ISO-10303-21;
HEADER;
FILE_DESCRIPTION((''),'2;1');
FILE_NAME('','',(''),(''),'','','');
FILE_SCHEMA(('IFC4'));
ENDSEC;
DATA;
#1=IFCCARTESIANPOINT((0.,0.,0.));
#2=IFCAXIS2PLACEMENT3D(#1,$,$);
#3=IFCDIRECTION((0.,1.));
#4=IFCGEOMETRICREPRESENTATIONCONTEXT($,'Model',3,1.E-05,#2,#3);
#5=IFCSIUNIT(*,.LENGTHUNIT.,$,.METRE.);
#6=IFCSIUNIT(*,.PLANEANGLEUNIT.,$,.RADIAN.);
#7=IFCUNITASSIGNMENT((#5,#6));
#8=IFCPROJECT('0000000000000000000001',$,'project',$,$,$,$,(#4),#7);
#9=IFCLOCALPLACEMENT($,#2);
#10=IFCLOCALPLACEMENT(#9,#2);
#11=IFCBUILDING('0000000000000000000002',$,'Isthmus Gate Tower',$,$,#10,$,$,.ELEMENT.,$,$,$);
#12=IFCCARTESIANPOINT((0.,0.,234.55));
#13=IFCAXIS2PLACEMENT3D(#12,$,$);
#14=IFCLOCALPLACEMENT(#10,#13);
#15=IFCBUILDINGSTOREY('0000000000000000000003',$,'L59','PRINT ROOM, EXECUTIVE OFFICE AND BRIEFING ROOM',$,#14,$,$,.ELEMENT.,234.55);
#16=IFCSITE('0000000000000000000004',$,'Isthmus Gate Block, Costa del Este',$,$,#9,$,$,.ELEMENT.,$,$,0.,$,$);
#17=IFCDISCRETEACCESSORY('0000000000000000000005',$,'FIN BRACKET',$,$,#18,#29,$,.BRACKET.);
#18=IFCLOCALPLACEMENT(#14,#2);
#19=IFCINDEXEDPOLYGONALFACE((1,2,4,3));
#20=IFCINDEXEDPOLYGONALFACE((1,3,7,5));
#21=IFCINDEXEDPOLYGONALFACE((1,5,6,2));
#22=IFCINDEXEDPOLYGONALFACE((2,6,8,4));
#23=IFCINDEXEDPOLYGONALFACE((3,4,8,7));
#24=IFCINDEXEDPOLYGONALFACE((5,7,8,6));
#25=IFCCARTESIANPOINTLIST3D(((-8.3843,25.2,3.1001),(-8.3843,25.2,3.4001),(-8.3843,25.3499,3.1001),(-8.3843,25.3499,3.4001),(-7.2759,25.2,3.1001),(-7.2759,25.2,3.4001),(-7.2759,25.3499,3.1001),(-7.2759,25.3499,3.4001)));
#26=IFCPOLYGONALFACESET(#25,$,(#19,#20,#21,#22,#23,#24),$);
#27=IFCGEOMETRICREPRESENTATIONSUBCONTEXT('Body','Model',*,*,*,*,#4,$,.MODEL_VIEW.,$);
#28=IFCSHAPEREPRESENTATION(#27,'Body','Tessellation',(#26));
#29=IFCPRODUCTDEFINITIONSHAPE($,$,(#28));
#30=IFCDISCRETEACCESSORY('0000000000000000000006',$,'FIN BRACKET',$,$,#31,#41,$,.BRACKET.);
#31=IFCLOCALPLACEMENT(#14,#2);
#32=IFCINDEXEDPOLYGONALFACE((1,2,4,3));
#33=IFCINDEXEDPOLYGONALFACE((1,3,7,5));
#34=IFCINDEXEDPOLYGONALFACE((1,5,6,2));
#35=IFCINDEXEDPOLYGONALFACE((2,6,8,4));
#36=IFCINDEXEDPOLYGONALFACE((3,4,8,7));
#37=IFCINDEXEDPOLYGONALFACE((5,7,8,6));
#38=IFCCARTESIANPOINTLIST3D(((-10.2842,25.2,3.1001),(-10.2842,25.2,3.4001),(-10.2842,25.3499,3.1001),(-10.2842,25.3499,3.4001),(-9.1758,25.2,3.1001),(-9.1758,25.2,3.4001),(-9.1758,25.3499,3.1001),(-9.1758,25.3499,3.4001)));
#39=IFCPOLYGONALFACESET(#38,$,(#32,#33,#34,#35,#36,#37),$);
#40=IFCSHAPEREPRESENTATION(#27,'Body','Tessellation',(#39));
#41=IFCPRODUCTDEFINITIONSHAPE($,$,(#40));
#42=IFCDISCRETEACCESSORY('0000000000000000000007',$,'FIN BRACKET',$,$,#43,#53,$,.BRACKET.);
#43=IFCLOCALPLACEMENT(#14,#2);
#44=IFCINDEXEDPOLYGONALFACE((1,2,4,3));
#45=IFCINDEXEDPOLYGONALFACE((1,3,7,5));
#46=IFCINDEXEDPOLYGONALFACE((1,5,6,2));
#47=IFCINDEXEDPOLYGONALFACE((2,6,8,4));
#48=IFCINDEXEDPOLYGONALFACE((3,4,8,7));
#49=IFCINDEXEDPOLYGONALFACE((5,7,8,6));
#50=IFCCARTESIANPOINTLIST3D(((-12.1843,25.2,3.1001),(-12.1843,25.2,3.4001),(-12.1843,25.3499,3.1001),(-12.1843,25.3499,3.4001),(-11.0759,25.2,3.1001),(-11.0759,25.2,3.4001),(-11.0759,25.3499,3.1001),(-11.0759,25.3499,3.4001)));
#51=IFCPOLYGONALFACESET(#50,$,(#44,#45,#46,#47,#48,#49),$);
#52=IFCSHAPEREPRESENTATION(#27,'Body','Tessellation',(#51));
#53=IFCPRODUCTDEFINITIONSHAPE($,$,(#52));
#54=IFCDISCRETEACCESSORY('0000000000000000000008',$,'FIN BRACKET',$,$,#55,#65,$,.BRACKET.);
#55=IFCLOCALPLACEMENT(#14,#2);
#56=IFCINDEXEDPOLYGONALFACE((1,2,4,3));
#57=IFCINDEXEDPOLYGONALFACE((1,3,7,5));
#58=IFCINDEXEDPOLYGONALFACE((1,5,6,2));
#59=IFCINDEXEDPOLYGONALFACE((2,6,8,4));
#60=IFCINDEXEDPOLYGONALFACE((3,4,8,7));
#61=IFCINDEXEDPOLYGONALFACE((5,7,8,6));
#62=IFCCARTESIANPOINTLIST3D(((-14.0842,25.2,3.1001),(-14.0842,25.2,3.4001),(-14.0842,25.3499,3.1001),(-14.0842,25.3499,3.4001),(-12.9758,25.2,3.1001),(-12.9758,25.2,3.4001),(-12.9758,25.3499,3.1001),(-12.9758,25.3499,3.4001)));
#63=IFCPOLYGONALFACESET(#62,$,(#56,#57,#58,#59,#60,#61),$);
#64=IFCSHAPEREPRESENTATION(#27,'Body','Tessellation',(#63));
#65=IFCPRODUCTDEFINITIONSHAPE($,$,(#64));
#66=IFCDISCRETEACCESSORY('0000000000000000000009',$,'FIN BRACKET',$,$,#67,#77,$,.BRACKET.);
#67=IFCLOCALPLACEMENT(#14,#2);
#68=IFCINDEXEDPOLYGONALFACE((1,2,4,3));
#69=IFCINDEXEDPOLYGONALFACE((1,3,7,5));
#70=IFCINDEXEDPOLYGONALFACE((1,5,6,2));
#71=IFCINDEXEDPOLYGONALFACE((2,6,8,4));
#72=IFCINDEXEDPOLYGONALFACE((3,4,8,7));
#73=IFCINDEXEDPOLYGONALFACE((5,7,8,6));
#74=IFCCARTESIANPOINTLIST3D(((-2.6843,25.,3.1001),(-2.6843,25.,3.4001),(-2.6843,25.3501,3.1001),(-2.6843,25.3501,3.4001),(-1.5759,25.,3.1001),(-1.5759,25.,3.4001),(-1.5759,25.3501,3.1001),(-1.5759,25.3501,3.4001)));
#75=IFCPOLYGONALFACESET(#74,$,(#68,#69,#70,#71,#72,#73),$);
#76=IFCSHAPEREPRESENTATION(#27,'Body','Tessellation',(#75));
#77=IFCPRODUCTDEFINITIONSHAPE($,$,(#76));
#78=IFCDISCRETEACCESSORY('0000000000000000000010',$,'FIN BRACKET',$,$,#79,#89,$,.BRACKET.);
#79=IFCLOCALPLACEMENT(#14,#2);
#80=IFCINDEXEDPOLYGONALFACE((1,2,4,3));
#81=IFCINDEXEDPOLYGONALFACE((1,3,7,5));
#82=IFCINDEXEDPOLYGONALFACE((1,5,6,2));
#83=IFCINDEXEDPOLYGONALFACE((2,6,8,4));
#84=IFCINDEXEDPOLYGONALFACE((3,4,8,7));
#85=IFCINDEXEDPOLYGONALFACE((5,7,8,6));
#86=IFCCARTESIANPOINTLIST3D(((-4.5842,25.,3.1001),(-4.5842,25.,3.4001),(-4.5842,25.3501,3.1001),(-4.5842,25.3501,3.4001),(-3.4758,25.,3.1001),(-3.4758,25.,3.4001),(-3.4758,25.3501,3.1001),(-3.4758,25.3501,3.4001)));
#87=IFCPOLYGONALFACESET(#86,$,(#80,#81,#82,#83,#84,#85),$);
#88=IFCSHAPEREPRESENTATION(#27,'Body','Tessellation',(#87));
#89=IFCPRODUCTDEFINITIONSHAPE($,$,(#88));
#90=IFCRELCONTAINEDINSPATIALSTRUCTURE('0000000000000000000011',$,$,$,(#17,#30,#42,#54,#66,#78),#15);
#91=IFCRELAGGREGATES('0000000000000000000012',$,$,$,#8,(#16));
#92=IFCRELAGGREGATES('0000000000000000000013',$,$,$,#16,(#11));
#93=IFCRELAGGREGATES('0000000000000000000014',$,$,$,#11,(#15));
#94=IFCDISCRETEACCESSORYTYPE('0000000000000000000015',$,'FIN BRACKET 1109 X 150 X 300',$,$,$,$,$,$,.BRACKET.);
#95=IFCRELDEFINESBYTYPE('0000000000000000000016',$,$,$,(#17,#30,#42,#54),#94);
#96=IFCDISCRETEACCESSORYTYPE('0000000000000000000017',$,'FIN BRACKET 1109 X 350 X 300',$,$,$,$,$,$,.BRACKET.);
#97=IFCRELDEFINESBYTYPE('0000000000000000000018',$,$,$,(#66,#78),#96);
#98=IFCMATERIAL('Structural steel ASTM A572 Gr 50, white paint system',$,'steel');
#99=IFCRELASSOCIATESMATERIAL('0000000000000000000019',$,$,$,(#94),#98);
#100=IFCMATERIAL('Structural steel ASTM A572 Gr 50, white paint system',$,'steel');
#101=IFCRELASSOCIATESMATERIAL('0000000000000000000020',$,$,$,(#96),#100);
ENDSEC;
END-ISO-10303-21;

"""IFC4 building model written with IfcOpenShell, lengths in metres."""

from ifc_helpers import new_model, si_unit, direction, frame, origin, origin_2d, place, context, subcontext, project, spatial, rectangle, extrude, material, type_object, element, save


model = new_model("IFC4")

# Units and contexts
model_context = context("Model", 3, precision=1e-05, world=origin(), true_north=direction((0.0, 1.0)))
body_context = subcontext(model_context, "Body", "Model", "MODEL_VIEW")
ifc_project = project(units=[si_unit("LENGTHUNIT", "METRE"), si_unit("PLANEANGLEUNIT", "RADIAN")], contexts=[model_context])

# Site, building, storey
site_placement = place(None, origin())
site = spatial("IfcSite", under=ifc_project, at=site_placement, Name="Isthmus Gate Block, Costa del Este", CompositionType="ELEMENT", RefElevation=0.0)
building_placement = place(site_placement, origin())
building = spatial("IfcBuilding", under=site, at=building_placement, Name="Isthmus Gate Tower", CompositionType="ELEMENT")
storey_placement = place(building_placement, frame((0.0, 0.0, 234.55)))
storey = spatial("IfcBuildingStorey", under=building, at=storey_placement, Name="L59", Description="PRINT ROOM, EXECUTIVE OFFICE AND BRIEFING ROOM", CompositionType="ELEMENT", Elevation=234.55)

# Discrete accessories
ifc_material_1 = material(Name="Structural steel ASTM A572 Gr 50, white paint system", Category="steel")
discrete_accessory_type_1 = type_object("IfcDiscreteAccessoryType", Name="FIN BRACKET 1109 X 150 X 300", PredefinedType="BRACKET", material=ifc_material_1)
for number, where, z_axis, x_axis, name in (
    (1, (-7.8301, 25.2749, 3.1001), (0.0, 0.0, 1.0), (0.0, 1.0, 0.0), "FIN BRACKET"),
    (2, (-9.73, 25.2749, 3.1001), (0.0, 0.0, 1.0), (0.0, 1.0, 0.0), "FIN BRACKET"),
    (3, (-11.6301, 25.2749, 3.1001), (0.0, 0.0, 1.0), (0.0, 1.0, 0.0), "FIN BRACKET"),
    (4, (-13.53, 25.2749, 3.1001), (0.0, 0.0, 1.0), (0.0, 1.0, 0.0), "FIN BRACKET"),
):
    element("IfcDiscreteAccessory", number, at=place(storey_placement, frame(where, z_axis=z_axis, x_axis=x_axis)), inside=storey, type_object=discrete_accessory_type_1, Name=name, PredefinedType="BRACKET", context=body_context, shape_type="SweptSolid", body=[
        extrude(rectangle(XDim=0.1499, YDim=1.1084, at=origin_2d()), origin(), (0.0, 0.0, 1.0), 0.3),
    ])
ifc_material_2 = material(Name="Structural steel ASTM A572 Gr 50, white paint system", Category="steel")
discrete_accessory_type_2 = type_object("IfcDiscreteAccessoryType", Name="FIN BRACKET 1109 X 350 X 300", PredefinedType="BRACKET", material=ifc_material_2)
for number, where, z_axis, x_axis, name in (
    (5, (-2.1301, 25.175, 3.1001), (0.0, 0.0, 1.0), (0.0, 1.0, 0.0), "FIN BRACKET"),
    (6, (-4.03, 25.175, 3.1001), (0.0, 0.0, 1.0), (0.0, 1.0, 0.0), "FIN BRACKET"),
):
    element("IfcDiscreteAccessory", number, at=place(storey_placement, frame(where, z_axis=z_axis, x_axis=x_axis)), inside=storey, type_object=discrete_accessory_type_2, Name=name, PredefinedType="BRACKET", context=body_context, shape_type="SweptSolid", body=[
        extrude(rectangle(XDim=0.3501, YDim=1.1084, at=origin_2d()), origin(), (0.0, 0.0, 1.0), 0.3),
    ])

save(model, "model.ifc")
